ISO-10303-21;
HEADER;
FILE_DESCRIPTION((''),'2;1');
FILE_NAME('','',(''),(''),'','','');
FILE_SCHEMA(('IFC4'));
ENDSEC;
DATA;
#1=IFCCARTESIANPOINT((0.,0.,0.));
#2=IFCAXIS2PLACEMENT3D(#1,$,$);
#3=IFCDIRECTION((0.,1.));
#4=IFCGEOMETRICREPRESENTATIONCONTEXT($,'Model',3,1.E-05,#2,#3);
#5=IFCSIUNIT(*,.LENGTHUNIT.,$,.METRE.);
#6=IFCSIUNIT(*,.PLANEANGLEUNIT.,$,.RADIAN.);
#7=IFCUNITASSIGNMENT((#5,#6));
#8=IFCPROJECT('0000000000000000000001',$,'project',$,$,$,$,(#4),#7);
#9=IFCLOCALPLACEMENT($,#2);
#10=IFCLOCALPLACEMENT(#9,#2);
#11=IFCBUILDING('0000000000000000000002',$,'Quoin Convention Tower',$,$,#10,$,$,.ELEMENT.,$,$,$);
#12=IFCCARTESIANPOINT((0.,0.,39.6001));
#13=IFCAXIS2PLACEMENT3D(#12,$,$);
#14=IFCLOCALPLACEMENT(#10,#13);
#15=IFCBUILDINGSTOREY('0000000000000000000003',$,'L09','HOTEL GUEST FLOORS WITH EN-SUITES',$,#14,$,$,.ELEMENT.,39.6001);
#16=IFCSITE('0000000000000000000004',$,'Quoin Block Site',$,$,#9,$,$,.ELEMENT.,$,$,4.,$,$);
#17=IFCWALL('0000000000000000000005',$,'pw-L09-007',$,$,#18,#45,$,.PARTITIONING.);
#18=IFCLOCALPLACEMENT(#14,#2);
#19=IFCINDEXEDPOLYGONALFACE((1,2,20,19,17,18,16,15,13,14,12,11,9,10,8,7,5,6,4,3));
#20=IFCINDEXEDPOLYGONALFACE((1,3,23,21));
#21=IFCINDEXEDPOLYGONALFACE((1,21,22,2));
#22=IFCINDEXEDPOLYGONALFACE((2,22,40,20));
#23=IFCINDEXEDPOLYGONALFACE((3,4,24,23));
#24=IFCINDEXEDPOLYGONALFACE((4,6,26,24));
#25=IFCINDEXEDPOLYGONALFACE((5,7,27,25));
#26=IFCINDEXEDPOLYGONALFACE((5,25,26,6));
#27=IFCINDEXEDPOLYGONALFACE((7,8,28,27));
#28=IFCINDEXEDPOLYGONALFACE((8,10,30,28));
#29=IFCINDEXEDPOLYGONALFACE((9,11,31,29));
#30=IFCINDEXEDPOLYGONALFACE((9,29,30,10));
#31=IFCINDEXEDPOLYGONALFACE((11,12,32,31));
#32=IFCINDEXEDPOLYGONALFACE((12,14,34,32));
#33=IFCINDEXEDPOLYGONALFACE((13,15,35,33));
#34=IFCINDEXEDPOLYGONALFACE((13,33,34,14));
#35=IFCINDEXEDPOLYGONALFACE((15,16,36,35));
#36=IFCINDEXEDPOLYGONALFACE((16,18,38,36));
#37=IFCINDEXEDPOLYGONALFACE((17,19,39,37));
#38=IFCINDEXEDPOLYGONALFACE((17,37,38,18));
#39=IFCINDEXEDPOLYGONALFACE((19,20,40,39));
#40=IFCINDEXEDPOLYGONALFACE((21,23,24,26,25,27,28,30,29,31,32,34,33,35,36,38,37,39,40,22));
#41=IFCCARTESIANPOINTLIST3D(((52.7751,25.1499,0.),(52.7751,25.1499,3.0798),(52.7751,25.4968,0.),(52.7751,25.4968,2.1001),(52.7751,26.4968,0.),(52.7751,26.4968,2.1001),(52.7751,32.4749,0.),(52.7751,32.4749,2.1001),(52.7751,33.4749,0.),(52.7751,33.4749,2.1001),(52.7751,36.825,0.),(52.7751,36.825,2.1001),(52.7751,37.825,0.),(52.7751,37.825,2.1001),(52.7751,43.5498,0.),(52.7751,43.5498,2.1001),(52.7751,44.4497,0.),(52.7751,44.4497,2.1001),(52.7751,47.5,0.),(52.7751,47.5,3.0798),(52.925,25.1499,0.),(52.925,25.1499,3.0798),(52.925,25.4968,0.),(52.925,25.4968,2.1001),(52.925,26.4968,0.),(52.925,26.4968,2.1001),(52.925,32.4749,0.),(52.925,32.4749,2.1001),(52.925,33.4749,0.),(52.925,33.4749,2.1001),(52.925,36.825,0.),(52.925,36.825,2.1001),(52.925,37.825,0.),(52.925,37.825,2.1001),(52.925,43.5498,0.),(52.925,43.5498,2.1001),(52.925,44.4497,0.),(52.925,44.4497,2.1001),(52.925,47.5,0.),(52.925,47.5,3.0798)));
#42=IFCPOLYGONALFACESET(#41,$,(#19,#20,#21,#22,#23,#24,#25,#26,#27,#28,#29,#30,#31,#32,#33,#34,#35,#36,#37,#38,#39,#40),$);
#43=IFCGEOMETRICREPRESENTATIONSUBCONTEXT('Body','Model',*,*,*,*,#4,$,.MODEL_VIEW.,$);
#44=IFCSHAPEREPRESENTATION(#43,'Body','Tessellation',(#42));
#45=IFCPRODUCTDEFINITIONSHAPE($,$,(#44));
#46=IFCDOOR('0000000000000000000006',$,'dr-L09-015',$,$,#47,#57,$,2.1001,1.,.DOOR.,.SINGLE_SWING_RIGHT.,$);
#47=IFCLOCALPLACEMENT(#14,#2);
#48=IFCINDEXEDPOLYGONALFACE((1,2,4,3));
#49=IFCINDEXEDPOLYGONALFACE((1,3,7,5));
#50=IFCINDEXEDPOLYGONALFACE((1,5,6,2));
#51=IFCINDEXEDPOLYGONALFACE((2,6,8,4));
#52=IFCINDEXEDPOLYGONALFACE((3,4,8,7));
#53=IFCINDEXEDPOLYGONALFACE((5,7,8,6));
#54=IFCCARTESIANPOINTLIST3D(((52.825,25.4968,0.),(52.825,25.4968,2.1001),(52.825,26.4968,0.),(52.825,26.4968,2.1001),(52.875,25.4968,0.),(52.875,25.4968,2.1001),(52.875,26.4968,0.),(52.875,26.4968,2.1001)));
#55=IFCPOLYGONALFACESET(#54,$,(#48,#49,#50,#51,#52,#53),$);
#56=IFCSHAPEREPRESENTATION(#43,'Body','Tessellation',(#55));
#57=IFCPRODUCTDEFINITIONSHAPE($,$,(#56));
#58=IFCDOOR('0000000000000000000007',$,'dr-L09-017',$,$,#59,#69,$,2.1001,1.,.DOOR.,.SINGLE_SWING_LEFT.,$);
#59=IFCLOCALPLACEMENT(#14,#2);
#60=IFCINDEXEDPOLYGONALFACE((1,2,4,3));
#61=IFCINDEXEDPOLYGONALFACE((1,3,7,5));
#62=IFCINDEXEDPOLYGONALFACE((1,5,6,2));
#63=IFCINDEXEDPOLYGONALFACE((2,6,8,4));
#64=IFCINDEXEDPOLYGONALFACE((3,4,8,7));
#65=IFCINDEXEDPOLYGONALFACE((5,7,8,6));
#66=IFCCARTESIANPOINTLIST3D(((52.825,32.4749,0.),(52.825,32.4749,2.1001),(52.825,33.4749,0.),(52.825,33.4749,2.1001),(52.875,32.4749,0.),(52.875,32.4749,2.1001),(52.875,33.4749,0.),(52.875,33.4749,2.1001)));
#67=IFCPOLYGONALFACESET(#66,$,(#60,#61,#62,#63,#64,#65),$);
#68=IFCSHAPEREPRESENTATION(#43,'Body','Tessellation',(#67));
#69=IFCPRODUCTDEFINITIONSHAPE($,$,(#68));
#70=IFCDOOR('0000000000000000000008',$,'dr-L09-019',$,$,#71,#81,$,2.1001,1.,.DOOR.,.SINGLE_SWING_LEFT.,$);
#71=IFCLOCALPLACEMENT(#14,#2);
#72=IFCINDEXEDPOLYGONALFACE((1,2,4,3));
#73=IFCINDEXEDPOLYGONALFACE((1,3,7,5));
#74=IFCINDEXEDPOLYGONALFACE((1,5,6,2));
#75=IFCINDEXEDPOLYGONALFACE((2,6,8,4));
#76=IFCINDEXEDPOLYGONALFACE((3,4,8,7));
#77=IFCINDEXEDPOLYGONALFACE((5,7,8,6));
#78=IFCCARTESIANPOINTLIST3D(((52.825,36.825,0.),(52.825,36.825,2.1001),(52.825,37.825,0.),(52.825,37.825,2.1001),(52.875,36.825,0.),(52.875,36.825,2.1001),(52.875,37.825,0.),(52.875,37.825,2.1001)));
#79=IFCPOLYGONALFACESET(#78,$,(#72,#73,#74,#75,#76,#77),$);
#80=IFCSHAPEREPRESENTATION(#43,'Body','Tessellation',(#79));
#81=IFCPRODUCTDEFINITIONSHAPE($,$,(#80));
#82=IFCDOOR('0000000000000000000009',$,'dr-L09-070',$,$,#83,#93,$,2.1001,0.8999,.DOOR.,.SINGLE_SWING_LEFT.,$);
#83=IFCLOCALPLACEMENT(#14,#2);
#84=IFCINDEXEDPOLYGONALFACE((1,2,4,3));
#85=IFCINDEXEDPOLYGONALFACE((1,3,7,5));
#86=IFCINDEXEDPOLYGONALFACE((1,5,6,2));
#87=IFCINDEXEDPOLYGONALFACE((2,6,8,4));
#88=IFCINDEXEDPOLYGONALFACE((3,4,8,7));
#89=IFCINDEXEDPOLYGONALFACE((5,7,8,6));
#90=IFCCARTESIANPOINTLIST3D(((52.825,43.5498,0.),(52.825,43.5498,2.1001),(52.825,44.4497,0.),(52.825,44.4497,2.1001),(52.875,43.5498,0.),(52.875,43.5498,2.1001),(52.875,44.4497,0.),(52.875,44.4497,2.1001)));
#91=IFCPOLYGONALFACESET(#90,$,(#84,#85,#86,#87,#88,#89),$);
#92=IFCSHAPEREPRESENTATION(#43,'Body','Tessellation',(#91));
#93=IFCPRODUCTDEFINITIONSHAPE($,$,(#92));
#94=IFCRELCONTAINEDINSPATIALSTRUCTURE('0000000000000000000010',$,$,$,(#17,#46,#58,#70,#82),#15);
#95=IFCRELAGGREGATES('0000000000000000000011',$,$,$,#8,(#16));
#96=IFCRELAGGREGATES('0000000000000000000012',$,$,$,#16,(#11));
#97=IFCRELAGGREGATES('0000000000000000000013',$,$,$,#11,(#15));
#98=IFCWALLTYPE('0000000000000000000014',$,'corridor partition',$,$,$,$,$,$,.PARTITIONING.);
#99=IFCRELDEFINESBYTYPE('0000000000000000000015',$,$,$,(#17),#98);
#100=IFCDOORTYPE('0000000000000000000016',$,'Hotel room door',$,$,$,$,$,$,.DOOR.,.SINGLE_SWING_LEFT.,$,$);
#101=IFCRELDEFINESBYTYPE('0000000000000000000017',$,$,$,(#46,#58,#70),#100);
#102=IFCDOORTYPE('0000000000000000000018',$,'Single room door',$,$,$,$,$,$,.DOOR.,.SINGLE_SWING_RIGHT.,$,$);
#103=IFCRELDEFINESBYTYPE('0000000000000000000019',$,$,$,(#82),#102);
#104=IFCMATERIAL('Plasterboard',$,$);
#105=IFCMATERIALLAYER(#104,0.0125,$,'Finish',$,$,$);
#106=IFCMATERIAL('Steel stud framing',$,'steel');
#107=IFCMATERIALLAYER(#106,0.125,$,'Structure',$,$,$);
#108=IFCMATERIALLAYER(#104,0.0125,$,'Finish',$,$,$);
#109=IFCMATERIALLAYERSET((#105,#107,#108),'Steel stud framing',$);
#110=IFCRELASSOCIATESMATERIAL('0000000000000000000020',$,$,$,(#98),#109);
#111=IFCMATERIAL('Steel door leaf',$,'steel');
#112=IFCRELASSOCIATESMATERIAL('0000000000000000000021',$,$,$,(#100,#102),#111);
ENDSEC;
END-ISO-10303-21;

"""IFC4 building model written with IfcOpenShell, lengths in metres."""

from ifc_helpers import new_model, si_unit, direction, frame, frame_2d, origin, place, context, subcontext, project, spatial, rectangle, extrude, material, layer, layer_set, type_object, element, fill, save


model = new_model("IFC4")

# Units and contexts
model_context = context("Model", 3, precision=1e-05, world=origin(), true_north=direction((0.0, 1.0)))
body_context = subcontext(model_context, "Body", "Model", "MODEL_VIEW")
ifc_project = project(units=[si_unit("LENGTHUNIT", "METRE"), si_unit("PLANEANGLEUNIT", "RADIAN")], contexts=[model_context])

# Site, building, storey
site_placement = place(None, origin())
site = spatial("IfcSite", under=ifc_project, at=site_placement, Name="Quoin Block Site", CompositionType="ELEMENT", RefElevation=4.0)
building_placement = place(site_placement, origin())
building = spatial("IfcBuilding", under=site, at=building_placement, Name="Quoin Convention Tower", CompositionType="ELEMENT")
storey_placement = place(building_placement, frame((0.0, 0.0, 39.6001)))
storey = spatial("IfcBuildingStorey", under=building, at=storey_placement, Name="L09", Description="HOTEL GUEST FLOORS WITH EN-SUITES", CompositionType="ELEMENT", Elevation=39.6001)

# Shared definitions
ifc_material_1 = material(Name="Steel door leaf", Category="steel")

# Wall, openings, doors
ifc_material_2 = material(Name="Plasterboard")
ifc_layer_1 = layer(ifc_material_2, 0.0125, Name="Finish")
ifc_material_3 = material(Name="Steel stud framing", Category="steel")
ifc_layer_2 = layer(ifc_material_3, 0.125, Name="Structure")
ifc_layer_3 = layer(ifc_material_2, 0.0125, Name="Finish")
ifc_layer_set_1 = layer_set([ifc_layer_1, ifc_layer_2, ifc_layer_3], Name="Steel stud framing")
wall_type_1 = type_object("IfcWallType", Name="corridor partition", PredefinedType="PARTITIONING", material=ifc_layer_set_1)
wall_1_placement = place(storey_placement, frame((52.8501, 25.1499, 0.0), z_axis=(0.0, 0.0, 1.0), x_axis=(0.0, 1.0, 0.0)))
wall_1 = element("IfcWall", 1, at=wall_1_placement, inside=storey, type_object=wall_type_1, Name="pw-L09-007", PredefinedType="PARTITIONING", context=body_context, shape_type="SweptSolid", body=[
    extrude(rectangle(XDim=22.3501, YDim=0.1499, at=frame_2d((11.175, 0.0))), origin(), (0.0, 0.0, 1.0), 3.0798),
])
opening_1_placement = place(wall_1_placement, frame((0.3469, 0.0, 0.0)))
opening_1 = element("IfcOpeningElement", 2, at=opening_1_placement, cuts=wall_1, PredefinedType="OPENING", context=body_context, shape_type="SweptSolid", body=[
    extrude(rectangle(XDim=1.0, YDim=2.1001, at=frame_2d((0.5, 1.05))), frame((0.0, 0.085, 0.0), z_axis=(0.0, -1.0, 0.0), x_axis=(1.0, 0.0, 0.0)), (0.0, 0.0, 1.0), 0.1699),
])
opening_2_placement = place(wall_1_placement, frame((7.325, 0.0, 0.0)))
opening_2 = element("IfcOpeningElement", 3, at=opening_2_placement, cuts=wall_1, PredefinedType="OPENING", context=body_context, shape_type="SweptSolid", body=[
    extrude(rectangle(XDim=1.0, YDim=2.1001, at=frame_2d((0.5, 1.05))), frame((0.0, 0.085, 0.0), z_axis=(0.0, -1.0, 0.0), x_axis=(1.0, 0.0, 0.0)), (0.0, 0.0, 1.0), 0.1699),
])
opening_3_placement = place(wall_1_placement, frame((11.675, 0.0, 0.0)))
opening_3 = element("IfcOpeningElement", 4, at=opening_3_placement, cuts=wall_1, PredefinedType="OPENING", context=body_context, shape_type="SweptSolid", body=[
    extrude(rectangle(XDim=1.0, YDim=2.1001, at=frame_2d((0.5, 1.05))), frame((0.0, 0.085, 0.0), z_axis=(0.0, -1.0, 0.0), x_axis=(1.0, 0.0, 0.0)), (0.0, 0.0, 1.0), 0.1699),
])
opening_4_placement = place(wall_1_placement, frame((18.3999, 0.0, 0.0)))
opening_4 = element("IfcOpeningElement", 5, at=opening_4_placement, cuts=wall_1, PredefinedType="OPENING", context=body_context, shape_type="SweptSolid", body=[
    extrude(rectangle(XDim=0.8999, YDim=2.1001, at=frame_2d((0.45, 1.05))), frame((0.0, 0.085, 0.0), z_axis=(0.0, -1.0, 0.0), x_axis=(1.0, 0.0, 0.0)), (0.0, 0.0, 1.0), 0.1699),
])
door_type_1 = type_object("IfcDoorType", Name="Hotel room door", OperationType="SINGLE_SWING_LEFT", PredefinedType="DOOR", material=ifc_material_1)
door_1_placement = place(opening_1_placement, frame((1.0, 0.0, 0.0), z_axis=(0.0, 0.0, 1.0), x_axis=(-1.0, 0.0, 0.0)))
door_1 = element("IfcDoor", 6, at=door_1_placement, inside=storey, type_object=door_type_1, Name="dr-L09-015", OperationType="SINGLE_SWING_RIGHT", OverallHeight=2.1001, OverallWidth=1.0, PredefinedType="DOOR", context=body_context, shape_type="SweptSolid", body=[
    extrude(rectangle(XDim=1.0, YDim=2.1001, at=frame_2d((0.5, 1.05))), frame((0.0, 0.0249, 0.0), z_axis=(0.0, -1.0, 0.0), x_axis=(1.0, 0.0, 0.0)), (0.0, 0.0, 1.0), 0.05),
])
fill(opening_1, door_1)
door_2_placement = place(opening_2_placement, frame((1.0, 0.0, 0.0), z_axis=(0.0, 0.0, 1.0), x_axis=(-1.0, 0.0, 0.0)))
door_2 = element("IfcDoor", 7, at=door_2_placement, inside=storey, type_object=door_type_1, Name="dr-L09-017", OperationType="SINGLE_SWING_LEFT", OverallHeight=2.1001, OverallWidth=1.0, PredefinedType="DOOR", context=body_context, shape_type="SweptSolid", body=[
    extrude(rectangle(XDim=1.0, YDim=2.1001, at=frame_2d((0.5, 1.05))), frame((0.0, 0.0249, 0.0), z_axis=(0.0, -1.0, 0.0), x_axis=(1.0, 0.0, 0.0)), (0.0, 0.0, 1.0), 0.05),
])
fill(opening_2, door_2)
door_3_placement = place(opening_3_placement, frame((1.0, 0.0, 0.0), z_axis=(0.0, 0.0, 1.0), x_axis=(-1.0, 0.0, 0.0)))
door_3 = element("IfcDoor", 8, at=door_3_placement, inside=storey, type_object=door_type_1, Name="dr-L09-019", OperationType="SINGLE_SWING_LEFT", OverallHeight=2.1001, OverallWidth=1.0, PredefinedType="DOOR", context=body_context, shape_type="SweptSolid", body=[
    extrude(rectangle(XDim=1.0, YDim=2.1001, at=frame_2d((0.5, 1.05))), frame((0.0, 0.0249, 0.0), z_axis=(0.0, -1.0, 0.0), x_axis=(1.0, 0.0, 0.0)), (0.0, 0.0, 1.0), 0.05),
])
fill(opening_3, door_3)
door_type_2 = type_object("IfcDoorType", Name="Single room door", OperationType="SINGLE_SWING_RIGHT", PredefinedType="DOOR", material=ifc_material_1)
door_4_placement = place(opening_4_placement, frame((0.8999, 0.0, 0.0), z_axis=(0.0, 0.0, 1.0), x_axis=(-1.0, 0.0, 0.0)))
door_4 = element("IfcDoor", 9, at=door_4_placement, inside=storey, type_object=door_type_2, Name="dr-L09-070", OperationType="SINGLE_SWING_LEFT", OverallHeight=2.1001, OverallWidth=0.8999, PredefinedType="DOOR", context=body_context, shape_type="SweptSolid", body=[
    extrude(rectangle(XDim=0.8999, YDim=2.1001, at=frame_2d((0.45, 1.05))), frame((0.0, 0.0249, 0.0), z_axis=(0.0, -1.0, 0.0), x_axis=(1.0, 0.0, 0.0)), (0.0, 0.0, 1.0), 0.05),
])
fill(opening_4, door_4)

save(model, "model.ifc")
